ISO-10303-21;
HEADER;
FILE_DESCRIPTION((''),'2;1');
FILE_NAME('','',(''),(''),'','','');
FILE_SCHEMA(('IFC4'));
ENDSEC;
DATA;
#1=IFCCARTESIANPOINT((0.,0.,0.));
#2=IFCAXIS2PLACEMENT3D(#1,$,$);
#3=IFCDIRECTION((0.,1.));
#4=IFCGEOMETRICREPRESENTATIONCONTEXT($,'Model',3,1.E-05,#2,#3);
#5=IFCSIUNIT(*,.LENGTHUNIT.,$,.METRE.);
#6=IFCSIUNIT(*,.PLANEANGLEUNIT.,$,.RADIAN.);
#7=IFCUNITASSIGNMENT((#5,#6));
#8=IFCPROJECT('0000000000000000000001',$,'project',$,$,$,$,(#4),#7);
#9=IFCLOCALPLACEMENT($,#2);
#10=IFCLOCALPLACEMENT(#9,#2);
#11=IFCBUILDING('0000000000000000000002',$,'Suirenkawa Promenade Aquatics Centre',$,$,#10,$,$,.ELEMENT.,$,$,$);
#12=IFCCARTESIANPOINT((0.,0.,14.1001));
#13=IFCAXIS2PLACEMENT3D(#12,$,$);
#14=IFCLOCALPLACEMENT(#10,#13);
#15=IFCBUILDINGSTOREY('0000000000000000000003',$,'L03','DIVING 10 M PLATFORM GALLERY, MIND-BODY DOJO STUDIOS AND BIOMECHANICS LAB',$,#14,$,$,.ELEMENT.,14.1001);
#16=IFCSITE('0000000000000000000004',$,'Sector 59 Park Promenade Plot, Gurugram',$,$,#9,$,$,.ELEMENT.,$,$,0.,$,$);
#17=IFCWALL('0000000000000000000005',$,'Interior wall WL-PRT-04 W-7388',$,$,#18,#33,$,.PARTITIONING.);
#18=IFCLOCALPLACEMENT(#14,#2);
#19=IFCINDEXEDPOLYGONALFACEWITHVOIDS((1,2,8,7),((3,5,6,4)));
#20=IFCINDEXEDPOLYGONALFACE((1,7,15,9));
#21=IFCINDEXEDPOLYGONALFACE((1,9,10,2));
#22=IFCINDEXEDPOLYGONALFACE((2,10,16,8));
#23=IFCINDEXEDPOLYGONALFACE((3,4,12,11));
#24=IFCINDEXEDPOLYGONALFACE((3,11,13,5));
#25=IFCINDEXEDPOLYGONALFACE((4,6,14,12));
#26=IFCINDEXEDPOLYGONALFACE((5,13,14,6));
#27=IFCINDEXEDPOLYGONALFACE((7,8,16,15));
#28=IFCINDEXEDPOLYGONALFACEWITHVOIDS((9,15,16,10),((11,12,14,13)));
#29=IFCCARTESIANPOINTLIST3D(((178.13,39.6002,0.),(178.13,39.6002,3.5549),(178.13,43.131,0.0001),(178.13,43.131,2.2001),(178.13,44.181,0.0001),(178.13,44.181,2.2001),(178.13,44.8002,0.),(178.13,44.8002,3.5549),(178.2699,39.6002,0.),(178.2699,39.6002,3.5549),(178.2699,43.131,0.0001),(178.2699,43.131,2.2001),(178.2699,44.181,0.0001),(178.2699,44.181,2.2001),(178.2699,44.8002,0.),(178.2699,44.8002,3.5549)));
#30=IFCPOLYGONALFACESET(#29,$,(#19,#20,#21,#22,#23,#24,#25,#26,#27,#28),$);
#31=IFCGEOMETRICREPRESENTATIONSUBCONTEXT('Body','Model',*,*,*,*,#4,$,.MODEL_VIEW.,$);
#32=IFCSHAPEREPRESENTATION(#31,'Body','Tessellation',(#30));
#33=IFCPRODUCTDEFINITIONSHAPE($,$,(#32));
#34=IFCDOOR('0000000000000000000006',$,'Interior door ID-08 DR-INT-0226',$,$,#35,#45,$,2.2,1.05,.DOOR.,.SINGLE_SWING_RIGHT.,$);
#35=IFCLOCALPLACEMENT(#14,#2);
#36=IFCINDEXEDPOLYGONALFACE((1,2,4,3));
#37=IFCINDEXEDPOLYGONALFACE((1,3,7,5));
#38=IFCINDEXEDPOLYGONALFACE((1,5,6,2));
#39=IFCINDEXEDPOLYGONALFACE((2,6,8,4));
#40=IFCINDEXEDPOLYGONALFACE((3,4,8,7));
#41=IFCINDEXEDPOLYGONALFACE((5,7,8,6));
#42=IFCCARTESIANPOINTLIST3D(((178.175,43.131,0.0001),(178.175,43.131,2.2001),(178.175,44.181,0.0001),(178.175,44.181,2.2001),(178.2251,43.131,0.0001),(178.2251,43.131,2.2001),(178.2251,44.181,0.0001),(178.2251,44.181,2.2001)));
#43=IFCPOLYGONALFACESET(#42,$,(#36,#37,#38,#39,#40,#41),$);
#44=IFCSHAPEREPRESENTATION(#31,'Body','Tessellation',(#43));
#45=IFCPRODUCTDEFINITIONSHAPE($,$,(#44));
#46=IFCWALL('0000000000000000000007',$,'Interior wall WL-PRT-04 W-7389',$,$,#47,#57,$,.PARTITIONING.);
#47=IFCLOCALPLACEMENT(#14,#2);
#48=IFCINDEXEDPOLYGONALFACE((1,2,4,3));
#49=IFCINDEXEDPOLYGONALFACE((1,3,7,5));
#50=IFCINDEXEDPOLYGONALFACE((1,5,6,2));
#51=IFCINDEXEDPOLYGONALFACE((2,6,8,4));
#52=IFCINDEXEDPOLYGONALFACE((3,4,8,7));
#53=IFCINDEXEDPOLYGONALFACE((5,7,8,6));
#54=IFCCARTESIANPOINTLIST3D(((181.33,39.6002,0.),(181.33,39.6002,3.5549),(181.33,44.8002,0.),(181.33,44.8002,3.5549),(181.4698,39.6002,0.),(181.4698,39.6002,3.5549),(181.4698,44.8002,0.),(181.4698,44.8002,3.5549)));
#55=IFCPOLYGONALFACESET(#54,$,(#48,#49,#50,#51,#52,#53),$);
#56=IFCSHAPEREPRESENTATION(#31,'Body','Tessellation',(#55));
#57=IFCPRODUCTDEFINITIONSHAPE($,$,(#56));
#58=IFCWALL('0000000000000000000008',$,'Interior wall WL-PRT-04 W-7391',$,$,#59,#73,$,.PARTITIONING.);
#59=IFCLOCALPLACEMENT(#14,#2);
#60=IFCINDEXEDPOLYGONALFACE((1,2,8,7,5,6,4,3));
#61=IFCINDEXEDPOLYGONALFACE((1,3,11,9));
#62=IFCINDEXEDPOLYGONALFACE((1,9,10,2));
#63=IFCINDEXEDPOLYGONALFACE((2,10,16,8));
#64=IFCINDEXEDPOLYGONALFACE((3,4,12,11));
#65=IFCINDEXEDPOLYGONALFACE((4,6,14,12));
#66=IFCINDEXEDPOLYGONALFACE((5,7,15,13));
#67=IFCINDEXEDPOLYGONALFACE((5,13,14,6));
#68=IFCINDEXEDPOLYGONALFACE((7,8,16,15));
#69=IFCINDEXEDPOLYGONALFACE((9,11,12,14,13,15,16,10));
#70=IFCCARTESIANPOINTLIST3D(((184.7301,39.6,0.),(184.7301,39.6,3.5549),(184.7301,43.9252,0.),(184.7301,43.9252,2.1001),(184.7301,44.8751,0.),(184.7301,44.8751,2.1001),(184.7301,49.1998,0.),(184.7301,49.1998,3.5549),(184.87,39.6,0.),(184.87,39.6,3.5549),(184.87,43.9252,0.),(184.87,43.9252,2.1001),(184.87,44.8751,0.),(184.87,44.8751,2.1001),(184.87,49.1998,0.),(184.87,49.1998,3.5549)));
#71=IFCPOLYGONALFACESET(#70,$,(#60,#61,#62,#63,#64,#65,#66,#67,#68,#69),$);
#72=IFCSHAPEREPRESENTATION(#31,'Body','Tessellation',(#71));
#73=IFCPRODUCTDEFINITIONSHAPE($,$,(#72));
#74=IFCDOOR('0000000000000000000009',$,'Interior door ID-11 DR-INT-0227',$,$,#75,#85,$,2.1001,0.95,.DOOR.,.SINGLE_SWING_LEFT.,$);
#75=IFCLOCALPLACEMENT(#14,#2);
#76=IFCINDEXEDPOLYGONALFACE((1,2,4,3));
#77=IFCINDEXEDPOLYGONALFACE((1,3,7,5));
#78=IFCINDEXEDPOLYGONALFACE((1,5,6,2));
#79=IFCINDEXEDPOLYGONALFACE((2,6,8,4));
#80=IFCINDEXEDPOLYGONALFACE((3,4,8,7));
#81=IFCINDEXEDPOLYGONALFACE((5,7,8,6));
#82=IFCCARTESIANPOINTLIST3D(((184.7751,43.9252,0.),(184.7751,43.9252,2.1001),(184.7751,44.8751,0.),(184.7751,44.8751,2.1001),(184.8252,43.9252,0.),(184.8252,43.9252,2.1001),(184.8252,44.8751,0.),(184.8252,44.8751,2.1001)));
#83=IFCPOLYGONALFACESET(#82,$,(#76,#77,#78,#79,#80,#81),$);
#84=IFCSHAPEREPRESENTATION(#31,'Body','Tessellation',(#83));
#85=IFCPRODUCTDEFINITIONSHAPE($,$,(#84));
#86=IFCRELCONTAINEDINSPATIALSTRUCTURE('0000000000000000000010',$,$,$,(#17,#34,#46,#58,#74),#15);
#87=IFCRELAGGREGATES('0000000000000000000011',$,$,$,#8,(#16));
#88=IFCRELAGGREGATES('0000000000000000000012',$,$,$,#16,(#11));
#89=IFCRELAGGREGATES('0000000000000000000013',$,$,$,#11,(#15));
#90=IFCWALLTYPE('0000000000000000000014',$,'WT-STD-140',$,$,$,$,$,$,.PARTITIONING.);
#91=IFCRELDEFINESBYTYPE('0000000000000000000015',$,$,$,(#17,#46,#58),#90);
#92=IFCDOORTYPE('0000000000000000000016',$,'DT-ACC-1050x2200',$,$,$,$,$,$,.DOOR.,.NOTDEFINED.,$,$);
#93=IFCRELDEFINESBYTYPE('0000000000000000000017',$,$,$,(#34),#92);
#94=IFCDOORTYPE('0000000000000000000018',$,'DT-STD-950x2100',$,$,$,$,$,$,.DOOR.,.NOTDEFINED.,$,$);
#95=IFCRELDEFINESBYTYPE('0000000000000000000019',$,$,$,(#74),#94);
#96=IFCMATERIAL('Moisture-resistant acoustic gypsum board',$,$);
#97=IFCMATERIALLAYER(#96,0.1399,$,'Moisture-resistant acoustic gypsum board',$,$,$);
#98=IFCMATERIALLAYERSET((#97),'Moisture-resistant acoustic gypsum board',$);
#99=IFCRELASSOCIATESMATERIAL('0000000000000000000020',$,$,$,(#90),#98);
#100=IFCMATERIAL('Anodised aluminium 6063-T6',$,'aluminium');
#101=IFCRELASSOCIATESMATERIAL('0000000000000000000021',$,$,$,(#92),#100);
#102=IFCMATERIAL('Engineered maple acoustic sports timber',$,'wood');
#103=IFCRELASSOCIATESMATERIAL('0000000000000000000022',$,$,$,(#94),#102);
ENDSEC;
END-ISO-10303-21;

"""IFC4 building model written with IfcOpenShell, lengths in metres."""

from ifc_helpers import new_model, si_unit, direction, frame, frame_2d, origin, place, context, subcontext, project, spatial, rectangle, extrude, material, layer, layer_set, type_object, element, fill, save


model = new_model("IFC4")

# Units and contexts
model_context = context("Model", 3, precision=1e-05, world=origin(), true_north=direction((0.0, 1.0)))
body_context = subcontext(model_context, "Body", "Model", "MODEL_VIEW")
ifc_project = project(units=[si_unit("LENGTHUNIT", "METRE"), si_unit("PLANEANGLEUNIT", "RADIAN")], contexts=[model_context])

# Site, building, storey
site_placement = place(None, origin())
site = spatial("IfcSite", under=ifc_project, at=site_placement, Name="Sector 59 Park Promenade Plot, Gurugram", CompositionType="ELEMENT", RefElevation=0.0)
building_placement = place(site_placement, origin())
building = spatial("IfcBuilding", under=site, at=building_placement, Name="Suirenkawa Promenade Aquatics Centre", CompositionType="ELEMENT")
storey_placement = place(building_placement, frame((0.0, 0.0, 14.1001)))
storey = spatial("IfcBuildingStorey", under=building, at=storey_placement, Name="L03", Description="DIVING 10 M PLATFORM GALLERY, MIND-BODY DOJO STUDIOS AND BIOMECHANICS LAB", CompositionType="ELEMENT", Elevation=14.1001)

# Shared definitions
ifc_material_1 = material(Name="Anodised aluminium 6063-T6", Category="aluminium")

# Wall, opening, door
ifc_material_2 = material(Name="Moisture-resistant acoustic gypsum board")
ifc_layer_1 = layer(ifc_material_2, 0.1399, Name="Moisture-resistant acoustic gypsum board")
ifc_layer_set_1 = layer_set([ifc_layer_1], Name="Moisture-resistant acoustic gypsum board")
wall_type_1 = type_object("IfcWallType", Name="WT-STD-140", PredefinedType="PARTITIONING", material=ifc_layer_set_1)
wall_1_placement = place(storey_placement, frame((178.2, 39.6001, 0.0), z_axis=(0.0, 0.0, 1.0), x_axis=(0.0, 1.0, 0.0)))
wall_1 = element("IfcWall", 1, at=wall_1_placement, inside=storey, type_object=wall_type_1, Name="Interior wall WL-PRT-04 W-7388", PredefinedType="PARTITIONING", context=body_context, shape_type="SweptSolid", body=[
    extrude(rectangle(XDim=5.2, YDim=0.1399, at=frame_2d((2.6001, 0.0))), origin(), (0.0, 0.0, 1.0), 3.5549),
])
opening_1_placement = place(wall_1_placement, frame((3.531, 0.0, 0.0)))
opening_1 = element("IfcOpeningElement", 2, at=opening_1_placement, cuts=wall_1, PredefinedType="OPENING", context=body_context, shape_type="SweptSolid", body=[
    extrude(rectangle(XDim=1.05, YDim=2.2, at=frame_2d((0.5249, 1.1001))), frame((0.0, 0.0798, 0.0), z_axis=(0.0, -1.0, 0.0), x_axis=(1.0, 0.0, 0.0)), (0.0, 0.0, 1.0), 0.1599),
])
door_type_1 = type_object("IfcDoorType", Name="DT-ACC-1050x2200", OperationType="NOTDEFINED", PredefinedType="DOOR", material=ifc_material_1)
door_1_placement = place(opening_1_placement, origin())
door_1 = element("IfcDoor", 3, at=door_1_placement, inside=storey, type_object=door_type_1, Name="Interior door ID-08 DR-INT-0226", OperationType="SINGLE_SWING_RIGHT", OverallHeight=2.2, OverallWidth=1.05, PredefinedType="DOOR", context=body_context, shape_type="SweptSolid", body=[
    extrude(rectangle(XDim=1.05, YDim=2.2, at=frame_2d((0.5249, 1.1001))), frame((0.0, 0.0249, 0.0), z_axis=(0.0, -1.0, 0.0), x_axis=(1.0, 0.0, 0.0)), (0.0, 0.0, 1.0), 0.05),
])
fill(opening_1, door_1)

# Wall
wall_2_placement = place(storey_placement, frame((181.3999, 39.6001, 0.0), z_axis=(0.0, 0.0, 1.0), x_axis=(0.0, 1.0, 0.0)))
element("IfcWall", 4, at=wall_2_placement, inside=storey, type_object=wall_type_1, Name="Interior wall WL-PRT-04 W-7389", PredefinedType="PARTITIONING", context=body_context, shape_type="SweptSolid", body=[
    extrude(rectangle(XDim=5.2, YDim=0.1399, at=frame_2d((2.6001, 0.0))), origin(), (0.0, 0.0, 1.0), 3.5549),
])

# Wall, opening, door
wall_3_placement = place(storey_placement, frame((184.8, 39.6001, 0.0), z_axis=(0.0, 0.0, 1.0), x_axis=(0.0, 1.0, 0.0)))
wall_3 = element("IfcWall", 5, at=wall_3_placement, inside=storey, type_object=wall_type_1, Name="Interior wall WL-PRT-04 W-7391", PredefinedType="PARTITIONING", context=body_context, shape_type="SweptSolid", body=[
    extrude(rectangle(XDim=9.5999, YDim=0.1399, at=frame_2d((4.7998, 0.0))), origin(), (0.0, 0.0, 1.0), 3.5549),
])
opening_2_placement = place(wall_3_placement, frame((4.325, 0.0, 0.0)))
opening_2 = element("IfcOpeningElement", 6, at=opening_2_placement, cuts=wall_3, PredefinedType="OPENING", context=body_context, shape_type="SweptSolid", body=[
    extrude(rectangle(XDim=0.95, YDim=2.1001, at=frame_2d((0.4751, 1.05))), frame((0.0, 0.0798, 0.0), z_axis=(0.0, -1.0, 0.0), x_axis=(1.0, 0.0, 0.0)), (0.0, 0.0, 1.0), 0.1599),
])
ifc_material_3 = material(Name="Engineered maple acoustic sports timber", Category="wood")
door_type_2 = type_object("IfcDoorType", Name="DT-STD-950x2100", OperationType="NOTDEFINED", PredefinedType="DOOR", material=ifc_material_3)
door_2_placement = place(opening_2_placement, origin())
door_2 = element("IfcDoor", 7, at=door_2_placement, inside=storey, type_object=door_type_2, Name="Interior door ID-11 DR-INT-0227", OperationType="SINGLE_SWING_LEFT", OverallHeight=2.1001, OverallWidth=0.95, PredefinedType="DOOR", context=body_context, shape_type="SweptSolid", body=[
    extrude(rectangle(XDim=0.95, YDim=2.1001, at=frame_2d((0.4751, 1.05))), frame((0.0, 0.0249, 0.0), z_axis=(0.0, -1.0, 0.0), x_axis=(1.0, 0.0, 0.0)), (0.0, 0.0, 1.0), 0.05),
])
fill(opening_2, door_2)

save(model, "model.ifc")
